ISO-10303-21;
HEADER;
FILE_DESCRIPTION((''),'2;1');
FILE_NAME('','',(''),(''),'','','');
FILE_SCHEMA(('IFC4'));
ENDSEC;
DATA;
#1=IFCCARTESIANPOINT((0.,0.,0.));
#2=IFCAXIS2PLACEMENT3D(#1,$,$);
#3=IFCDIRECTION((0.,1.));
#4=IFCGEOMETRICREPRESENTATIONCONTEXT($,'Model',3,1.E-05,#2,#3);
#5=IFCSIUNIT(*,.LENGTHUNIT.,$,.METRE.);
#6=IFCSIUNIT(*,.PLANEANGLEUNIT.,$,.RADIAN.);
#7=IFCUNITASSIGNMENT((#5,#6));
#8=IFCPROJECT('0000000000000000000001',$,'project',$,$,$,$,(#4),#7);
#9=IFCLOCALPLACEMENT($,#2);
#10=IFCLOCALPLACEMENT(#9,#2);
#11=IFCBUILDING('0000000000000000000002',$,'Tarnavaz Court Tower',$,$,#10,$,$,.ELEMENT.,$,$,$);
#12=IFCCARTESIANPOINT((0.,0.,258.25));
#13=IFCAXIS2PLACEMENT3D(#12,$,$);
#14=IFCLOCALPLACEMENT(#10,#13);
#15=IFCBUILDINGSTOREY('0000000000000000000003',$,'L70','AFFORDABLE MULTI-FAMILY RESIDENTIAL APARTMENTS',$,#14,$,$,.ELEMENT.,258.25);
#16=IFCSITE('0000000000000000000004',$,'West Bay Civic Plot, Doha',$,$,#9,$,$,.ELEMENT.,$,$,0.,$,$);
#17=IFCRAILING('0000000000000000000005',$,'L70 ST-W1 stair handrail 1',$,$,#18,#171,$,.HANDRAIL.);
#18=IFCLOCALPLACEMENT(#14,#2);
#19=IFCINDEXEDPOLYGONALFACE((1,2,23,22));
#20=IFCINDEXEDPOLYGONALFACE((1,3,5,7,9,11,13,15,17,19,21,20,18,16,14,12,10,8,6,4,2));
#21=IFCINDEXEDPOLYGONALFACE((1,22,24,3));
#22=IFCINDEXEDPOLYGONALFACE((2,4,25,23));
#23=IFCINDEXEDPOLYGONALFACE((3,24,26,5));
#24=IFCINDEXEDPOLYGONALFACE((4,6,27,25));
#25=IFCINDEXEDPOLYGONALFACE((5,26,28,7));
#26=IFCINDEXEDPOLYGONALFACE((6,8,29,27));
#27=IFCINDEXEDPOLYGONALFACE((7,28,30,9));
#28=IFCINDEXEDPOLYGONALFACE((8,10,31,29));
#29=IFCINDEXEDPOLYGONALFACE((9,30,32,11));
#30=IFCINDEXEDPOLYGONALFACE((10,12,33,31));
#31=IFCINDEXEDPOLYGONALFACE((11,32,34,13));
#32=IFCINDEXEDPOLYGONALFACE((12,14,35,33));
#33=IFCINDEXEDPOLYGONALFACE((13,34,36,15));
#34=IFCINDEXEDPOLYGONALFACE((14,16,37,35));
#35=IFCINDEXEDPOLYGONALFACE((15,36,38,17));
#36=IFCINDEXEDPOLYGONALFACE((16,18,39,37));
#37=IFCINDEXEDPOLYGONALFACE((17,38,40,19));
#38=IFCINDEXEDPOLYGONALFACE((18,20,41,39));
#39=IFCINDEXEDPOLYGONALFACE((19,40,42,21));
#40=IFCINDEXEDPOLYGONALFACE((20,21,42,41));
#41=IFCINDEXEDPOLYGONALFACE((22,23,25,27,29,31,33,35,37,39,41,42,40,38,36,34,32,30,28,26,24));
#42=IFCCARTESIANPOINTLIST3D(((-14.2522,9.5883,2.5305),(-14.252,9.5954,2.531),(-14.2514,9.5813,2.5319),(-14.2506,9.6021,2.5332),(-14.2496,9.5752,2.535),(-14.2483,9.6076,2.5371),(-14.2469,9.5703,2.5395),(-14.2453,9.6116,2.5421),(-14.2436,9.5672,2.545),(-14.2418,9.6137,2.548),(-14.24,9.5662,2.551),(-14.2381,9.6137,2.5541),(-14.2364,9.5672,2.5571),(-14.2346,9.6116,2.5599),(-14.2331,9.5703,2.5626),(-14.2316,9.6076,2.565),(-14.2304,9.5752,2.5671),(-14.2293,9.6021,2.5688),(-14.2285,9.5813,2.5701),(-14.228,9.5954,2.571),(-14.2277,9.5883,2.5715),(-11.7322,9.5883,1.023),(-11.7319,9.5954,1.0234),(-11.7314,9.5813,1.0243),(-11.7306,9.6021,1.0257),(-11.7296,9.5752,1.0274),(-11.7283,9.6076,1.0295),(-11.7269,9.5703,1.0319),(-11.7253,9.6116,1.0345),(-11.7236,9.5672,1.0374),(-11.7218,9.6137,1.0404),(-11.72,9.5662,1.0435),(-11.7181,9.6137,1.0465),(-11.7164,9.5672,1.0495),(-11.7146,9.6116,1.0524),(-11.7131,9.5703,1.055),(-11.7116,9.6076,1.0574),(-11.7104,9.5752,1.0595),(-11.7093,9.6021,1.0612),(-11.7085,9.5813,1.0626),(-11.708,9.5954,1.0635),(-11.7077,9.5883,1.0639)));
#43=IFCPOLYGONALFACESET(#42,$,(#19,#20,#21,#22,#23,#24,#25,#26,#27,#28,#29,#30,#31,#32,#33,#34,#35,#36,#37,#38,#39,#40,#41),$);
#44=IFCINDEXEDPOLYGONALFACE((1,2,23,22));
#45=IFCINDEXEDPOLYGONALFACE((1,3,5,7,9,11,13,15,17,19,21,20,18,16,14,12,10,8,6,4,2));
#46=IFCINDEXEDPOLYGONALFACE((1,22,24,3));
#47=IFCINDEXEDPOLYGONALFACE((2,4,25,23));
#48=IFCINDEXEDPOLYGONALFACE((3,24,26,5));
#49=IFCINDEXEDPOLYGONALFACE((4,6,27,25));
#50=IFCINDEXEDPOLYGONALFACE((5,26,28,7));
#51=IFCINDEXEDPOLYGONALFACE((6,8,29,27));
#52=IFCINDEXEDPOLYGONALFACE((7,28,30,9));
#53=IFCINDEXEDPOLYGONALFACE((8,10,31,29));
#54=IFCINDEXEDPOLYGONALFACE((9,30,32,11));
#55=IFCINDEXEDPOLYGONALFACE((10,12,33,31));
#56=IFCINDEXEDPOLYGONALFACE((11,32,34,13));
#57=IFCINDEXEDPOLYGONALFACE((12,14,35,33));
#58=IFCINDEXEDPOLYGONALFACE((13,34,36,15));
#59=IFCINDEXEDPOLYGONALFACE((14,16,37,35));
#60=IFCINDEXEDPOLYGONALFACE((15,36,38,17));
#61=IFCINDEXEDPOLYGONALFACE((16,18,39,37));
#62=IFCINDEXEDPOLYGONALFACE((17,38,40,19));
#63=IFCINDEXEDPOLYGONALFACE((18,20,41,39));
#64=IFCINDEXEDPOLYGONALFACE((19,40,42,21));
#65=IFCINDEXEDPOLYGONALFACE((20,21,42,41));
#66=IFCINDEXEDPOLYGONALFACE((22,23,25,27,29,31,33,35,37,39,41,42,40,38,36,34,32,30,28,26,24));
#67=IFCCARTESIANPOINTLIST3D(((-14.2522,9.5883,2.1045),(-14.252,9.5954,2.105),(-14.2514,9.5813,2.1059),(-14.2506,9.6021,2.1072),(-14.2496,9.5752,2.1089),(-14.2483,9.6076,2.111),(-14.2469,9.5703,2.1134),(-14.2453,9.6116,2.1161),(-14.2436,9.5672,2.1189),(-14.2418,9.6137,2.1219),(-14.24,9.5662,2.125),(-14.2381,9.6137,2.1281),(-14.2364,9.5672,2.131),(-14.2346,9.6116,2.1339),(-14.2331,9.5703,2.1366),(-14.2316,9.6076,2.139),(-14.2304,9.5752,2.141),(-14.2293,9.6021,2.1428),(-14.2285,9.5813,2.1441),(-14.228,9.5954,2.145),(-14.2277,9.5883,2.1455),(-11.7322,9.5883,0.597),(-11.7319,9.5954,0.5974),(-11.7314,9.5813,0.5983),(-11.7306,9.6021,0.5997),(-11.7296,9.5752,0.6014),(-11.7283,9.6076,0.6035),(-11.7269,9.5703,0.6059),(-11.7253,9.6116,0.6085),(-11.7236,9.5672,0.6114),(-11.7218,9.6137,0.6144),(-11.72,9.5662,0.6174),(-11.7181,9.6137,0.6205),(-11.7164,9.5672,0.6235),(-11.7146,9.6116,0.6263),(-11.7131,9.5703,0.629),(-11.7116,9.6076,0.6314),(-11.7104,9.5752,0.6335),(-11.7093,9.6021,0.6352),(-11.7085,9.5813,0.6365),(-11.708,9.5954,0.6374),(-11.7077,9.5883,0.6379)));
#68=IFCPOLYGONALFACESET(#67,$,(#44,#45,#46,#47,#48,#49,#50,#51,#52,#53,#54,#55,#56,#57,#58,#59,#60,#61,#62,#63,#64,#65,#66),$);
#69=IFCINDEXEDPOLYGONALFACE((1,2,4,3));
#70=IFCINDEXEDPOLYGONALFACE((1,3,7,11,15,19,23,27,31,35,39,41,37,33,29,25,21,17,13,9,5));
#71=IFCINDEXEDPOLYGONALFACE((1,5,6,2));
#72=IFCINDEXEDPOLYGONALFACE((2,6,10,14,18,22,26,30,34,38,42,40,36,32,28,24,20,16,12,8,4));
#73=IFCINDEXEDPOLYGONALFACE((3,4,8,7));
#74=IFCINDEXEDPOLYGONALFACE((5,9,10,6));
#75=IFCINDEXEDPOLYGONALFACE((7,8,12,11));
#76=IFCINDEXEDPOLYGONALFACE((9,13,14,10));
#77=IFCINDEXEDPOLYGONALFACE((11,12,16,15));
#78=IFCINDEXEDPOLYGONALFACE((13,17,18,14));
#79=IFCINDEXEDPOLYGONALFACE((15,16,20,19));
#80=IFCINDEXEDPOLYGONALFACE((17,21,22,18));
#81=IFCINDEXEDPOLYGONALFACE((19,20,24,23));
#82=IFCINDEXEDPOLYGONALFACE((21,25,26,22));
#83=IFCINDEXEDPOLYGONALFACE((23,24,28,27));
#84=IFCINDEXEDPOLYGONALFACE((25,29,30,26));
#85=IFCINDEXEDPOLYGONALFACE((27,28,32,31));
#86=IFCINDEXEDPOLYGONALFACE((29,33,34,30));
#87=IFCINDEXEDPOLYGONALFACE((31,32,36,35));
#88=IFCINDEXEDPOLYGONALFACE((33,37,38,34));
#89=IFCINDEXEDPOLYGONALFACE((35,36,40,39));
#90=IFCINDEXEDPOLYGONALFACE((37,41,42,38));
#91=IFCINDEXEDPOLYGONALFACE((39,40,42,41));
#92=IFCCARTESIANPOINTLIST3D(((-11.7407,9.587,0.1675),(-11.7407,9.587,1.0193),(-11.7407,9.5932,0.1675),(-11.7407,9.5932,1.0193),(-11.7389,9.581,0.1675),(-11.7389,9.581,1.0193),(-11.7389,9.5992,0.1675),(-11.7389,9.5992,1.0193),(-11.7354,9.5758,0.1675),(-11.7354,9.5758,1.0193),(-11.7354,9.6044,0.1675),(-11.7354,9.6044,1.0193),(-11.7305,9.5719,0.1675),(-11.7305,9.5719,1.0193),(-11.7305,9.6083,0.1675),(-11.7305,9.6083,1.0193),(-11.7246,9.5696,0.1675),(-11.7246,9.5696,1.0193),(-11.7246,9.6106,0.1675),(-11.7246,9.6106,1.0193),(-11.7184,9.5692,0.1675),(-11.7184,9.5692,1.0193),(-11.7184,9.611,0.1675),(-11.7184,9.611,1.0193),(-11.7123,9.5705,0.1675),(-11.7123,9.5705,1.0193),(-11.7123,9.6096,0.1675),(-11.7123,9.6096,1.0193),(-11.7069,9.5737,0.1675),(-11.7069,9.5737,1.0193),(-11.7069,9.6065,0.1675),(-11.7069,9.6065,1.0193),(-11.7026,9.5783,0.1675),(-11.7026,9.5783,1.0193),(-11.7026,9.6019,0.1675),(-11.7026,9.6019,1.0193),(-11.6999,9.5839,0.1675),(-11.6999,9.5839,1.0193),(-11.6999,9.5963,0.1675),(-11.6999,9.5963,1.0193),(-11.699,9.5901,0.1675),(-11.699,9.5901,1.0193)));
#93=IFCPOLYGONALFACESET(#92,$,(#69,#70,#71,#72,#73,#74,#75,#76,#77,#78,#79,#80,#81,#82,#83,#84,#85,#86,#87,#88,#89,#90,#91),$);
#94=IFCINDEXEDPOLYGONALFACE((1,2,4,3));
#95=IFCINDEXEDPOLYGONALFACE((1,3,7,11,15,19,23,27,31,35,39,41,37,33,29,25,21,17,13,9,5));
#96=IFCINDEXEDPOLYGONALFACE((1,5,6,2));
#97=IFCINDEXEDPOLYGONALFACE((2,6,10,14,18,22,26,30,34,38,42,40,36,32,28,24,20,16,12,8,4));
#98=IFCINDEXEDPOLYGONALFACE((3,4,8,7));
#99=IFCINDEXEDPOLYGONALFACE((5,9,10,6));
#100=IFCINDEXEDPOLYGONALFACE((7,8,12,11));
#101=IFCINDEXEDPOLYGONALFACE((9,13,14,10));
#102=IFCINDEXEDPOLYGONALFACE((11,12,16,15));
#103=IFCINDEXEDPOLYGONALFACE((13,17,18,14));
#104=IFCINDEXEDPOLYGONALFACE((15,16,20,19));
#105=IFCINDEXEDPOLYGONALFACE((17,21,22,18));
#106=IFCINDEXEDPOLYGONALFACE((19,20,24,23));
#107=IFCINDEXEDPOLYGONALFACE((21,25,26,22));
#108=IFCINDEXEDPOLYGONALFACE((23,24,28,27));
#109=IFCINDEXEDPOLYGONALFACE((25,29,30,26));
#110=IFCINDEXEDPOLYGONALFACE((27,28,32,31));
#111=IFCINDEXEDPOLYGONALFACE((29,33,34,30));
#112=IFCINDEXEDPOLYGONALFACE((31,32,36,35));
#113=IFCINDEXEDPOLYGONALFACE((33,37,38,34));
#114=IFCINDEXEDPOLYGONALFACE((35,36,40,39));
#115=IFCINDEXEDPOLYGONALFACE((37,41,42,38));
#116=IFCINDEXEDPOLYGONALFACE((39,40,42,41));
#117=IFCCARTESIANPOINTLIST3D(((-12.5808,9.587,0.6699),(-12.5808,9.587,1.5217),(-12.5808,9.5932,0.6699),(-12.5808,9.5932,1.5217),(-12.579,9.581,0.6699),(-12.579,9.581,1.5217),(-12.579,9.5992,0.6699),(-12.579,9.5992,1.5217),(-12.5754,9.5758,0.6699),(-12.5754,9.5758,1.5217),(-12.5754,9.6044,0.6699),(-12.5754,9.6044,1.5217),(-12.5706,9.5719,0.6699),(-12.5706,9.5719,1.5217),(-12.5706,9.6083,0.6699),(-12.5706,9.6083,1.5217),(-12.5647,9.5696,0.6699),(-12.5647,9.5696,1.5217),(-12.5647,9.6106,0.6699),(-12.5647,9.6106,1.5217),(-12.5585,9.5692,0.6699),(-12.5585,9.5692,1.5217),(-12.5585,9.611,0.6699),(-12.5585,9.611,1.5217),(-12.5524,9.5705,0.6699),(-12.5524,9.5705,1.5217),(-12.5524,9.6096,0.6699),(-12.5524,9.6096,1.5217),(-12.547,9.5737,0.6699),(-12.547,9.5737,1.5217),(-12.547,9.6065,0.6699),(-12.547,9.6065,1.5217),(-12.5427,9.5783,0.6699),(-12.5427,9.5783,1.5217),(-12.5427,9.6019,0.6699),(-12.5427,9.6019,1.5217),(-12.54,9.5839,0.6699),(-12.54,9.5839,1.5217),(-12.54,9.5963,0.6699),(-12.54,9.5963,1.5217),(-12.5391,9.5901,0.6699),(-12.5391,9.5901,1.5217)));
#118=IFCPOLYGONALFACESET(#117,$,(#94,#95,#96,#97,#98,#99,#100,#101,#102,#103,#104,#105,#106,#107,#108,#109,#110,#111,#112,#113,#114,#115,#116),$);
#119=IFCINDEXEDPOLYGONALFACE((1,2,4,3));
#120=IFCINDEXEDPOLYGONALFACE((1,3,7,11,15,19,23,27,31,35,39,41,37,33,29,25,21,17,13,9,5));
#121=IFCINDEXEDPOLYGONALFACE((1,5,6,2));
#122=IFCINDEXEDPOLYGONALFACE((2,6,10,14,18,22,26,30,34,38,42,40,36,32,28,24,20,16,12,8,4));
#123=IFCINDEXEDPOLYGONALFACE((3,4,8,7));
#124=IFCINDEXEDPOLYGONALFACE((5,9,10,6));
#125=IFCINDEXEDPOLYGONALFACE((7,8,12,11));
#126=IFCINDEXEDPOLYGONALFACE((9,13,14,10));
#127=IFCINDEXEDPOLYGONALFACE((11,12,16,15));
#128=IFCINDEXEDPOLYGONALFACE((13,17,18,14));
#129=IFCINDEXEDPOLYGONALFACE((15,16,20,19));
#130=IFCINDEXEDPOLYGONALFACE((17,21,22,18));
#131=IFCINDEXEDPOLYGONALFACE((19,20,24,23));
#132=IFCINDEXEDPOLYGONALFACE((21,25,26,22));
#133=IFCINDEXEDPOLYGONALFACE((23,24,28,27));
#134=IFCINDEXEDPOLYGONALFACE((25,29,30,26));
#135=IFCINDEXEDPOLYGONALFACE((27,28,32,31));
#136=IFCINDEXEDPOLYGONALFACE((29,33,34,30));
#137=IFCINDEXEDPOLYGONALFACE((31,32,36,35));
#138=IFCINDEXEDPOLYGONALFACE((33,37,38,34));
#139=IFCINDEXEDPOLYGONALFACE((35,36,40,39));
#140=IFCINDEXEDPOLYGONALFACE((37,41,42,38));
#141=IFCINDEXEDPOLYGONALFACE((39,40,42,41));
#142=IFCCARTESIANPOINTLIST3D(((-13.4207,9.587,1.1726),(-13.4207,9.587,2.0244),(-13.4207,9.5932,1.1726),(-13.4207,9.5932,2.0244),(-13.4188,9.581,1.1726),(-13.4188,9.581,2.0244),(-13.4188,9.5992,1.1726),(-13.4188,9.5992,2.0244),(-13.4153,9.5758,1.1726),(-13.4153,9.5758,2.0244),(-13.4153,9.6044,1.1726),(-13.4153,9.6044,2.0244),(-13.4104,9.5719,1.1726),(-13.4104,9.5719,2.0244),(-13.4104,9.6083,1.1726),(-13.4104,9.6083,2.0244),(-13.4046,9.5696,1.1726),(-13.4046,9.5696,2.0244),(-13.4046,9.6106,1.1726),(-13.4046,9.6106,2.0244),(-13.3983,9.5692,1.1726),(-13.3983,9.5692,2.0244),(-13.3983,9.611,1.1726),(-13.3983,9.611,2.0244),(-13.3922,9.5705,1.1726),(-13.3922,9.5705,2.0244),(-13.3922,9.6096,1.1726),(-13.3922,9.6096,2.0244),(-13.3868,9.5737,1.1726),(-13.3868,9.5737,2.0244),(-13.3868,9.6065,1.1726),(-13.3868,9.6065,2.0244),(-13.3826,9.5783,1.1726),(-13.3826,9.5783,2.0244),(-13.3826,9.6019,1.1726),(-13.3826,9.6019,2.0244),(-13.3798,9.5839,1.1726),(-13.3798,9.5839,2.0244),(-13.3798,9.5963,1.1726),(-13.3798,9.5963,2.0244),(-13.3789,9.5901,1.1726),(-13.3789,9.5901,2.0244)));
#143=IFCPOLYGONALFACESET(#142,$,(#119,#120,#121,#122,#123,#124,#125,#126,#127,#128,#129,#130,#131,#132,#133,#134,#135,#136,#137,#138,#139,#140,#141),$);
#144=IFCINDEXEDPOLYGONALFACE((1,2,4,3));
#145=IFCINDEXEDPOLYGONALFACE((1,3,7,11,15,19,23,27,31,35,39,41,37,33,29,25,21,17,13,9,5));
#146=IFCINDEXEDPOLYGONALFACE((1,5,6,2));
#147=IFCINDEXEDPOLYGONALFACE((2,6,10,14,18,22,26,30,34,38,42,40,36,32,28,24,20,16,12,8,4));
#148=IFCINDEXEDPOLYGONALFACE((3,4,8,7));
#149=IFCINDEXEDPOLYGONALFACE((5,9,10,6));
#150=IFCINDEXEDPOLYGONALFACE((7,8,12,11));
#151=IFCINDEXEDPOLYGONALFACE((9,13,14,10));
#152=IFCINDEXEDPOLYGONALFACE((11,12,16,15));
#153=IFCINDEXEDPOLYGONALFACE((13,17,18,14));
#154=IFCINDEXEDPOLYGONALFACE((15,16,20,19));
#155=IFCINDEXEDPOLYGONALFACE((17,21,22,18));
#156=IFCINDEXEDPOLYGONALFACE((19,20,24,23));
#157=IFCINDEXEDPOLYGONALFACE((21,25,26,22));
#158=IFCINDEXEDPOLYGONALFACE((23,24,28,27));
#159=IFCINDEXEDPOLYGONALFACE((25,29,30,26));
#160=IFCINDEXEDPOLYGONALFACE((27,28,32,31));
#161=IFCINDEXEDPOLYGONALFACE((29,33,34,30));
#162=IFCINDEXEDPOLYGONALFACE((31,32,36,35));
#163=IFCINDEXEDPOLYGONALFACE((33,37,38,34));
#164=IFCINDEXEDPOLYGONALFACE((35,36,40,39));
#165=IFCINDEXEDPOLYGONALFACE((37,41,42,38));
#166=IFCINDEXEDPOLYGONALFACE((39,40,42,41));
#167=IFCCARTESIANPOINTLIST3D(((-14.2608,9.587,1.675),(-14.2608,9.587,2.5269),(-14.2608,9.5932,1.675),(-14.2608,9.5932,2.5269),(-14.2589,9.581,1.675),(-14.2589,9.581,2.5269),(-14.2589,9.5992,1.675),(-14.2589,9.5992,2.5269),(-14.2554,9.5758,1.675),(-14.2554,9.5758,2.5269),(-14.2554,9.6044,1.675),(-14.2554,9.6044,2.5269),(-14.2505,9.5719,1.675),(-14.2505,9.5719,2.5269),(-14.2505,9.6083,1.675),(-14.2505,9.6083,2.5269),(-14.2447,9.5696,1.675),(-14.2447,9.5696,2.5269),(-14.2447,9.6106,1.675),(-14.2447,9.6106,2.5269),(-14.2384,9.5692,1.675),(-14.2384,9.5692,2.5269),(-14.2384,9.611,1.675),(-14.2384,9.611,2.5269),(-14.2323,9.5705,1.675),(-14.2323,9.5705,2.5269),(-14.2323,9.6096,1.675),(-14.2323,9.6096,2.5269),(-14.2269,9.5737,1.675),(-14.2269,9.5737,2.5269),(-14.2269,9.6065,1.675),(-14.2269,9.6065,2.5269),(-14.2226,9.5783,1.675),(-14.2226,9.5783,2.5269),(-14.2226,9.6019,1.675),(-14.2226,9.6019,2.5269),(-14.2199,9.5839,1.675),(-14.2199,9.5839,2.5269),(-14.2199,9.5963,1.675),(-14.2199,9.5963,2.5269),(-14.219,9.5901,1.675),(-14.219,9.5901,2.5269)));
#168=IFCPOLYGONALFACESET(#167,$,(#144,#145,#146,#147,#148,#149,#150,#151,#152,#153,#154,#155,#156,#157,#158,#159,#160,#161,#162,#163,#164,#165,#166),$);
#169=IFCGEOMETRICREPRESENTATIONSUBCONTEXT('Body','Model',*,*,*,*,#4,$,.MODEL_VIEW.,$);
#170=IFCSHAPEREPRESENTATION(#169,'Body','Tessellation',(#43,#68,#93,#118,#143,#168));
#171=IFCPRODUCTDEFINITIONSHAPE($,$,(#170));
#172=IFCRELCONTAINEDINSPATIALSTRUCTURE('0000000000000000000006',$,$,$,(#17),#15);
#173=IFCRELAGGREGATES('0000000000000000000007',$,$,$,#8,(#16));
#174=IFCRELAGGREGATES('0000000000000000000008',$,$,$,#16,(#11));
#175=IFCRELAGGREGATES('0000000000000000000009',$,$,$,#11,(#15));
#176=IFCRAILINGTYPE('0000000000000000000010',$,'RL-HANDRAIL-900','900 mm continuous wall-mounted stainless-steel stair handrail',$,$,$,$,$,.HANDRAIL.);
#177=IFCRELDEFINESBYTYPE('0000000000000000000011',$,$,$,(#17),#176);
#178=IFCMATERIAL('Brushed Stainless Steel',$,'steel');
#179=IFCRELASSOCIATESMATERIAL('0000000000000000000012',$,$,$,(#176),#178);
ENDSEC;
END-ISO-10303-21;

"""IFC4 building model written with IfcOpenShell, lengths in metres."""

from ifc_helpers import new_model, si_unit, direction, frame, origin, origin_2d, place, context, subcontext, project, spatial, circle, extrude, material, type_object, element, save


model = new_model("IFC4")

# Units and contexts
model_context = context("Model", 3, precision=1e-05, world=origin(), true_north=direction((0.0, 1.0)))
body_context = subcontext(model_context, "Body", "Model", "MODEL_VIEW")
ifc_project = project(units=[si_unit("LENGTHUNIT", "METRE"), si_unit("PLANEANGLEUNIT", "RADIAN")], contexts=[model_context])

# Site, building, storey
site_placement = place(None, origin())
site = spatial("IfcSite", under=ifc_project, at=site_placement, Name="West Bay Civic Plot, Doha", CompositionType="ELEMENT", RefElevation=0.0)
building_placement = place(site_placement, origin())
building = spatial("IfcBuilding", under=site, at=building_placement, Name="Tarnavaz Court Tower", CompositionType="ELEMENT")
storey_placement = place(building_placement, frame((0.0, 0.0, 258.25)))
storey = spatial("IfcBuildingStorey", under=building, at=storey_placement, Name="L70", Description="AFFORDABLE MULTI-FAMILY RESIDENTIAL APARTMENTS", CompositionType="ELEMENT", Elevation=258.25)

# Railing
ifc_material_1 = material(Name="Brushed Stainless Steel", Category="steel")
railing_type_1 = type_object("IfcRailingType", Name="RL-HANDRAIL-900", Description="900 mm continuous wall-mounted stainless-steel stair handrail", PredefinedType="HANDRAIL", material=ifc_material_1)
railing_1_placement = place(storey_placement, frame((-11.72, 9.5901, 0.1675)))
element("IfcRailing", 1, at=railing_1_placement, inside=storey, type_object=railing_type_1, Name="L70 ST-W1 stair handrail 1", PredefinedType="HANDRAIL", context=body_context, shape_type="SweptSolid", body=[
    extrude(circle(Radius=0.0239, at=origin_2d()), frame((0.0, 0.0, 0.876), z_axis=(-0.85816, 0.0, 0.513383), x_axis=(0.0, -1.0, 0.0)), (0.0, 0.0, 1.0), 2.9365),
    extrude(circle(Radius=0.0239, at=origin_2d()), frame((0.0, 0.0, 0.45), z_axis=(-0.85816, 0.0, 0.513383), x_axis=(0.0, -1.0, 0.0)), (0.0, 0.0, 1.0), 2.9365),
    extrude(circle(Radius=0.021, at=origin_2d()), origin(), (0.0, 0.0, 1.0), 0.8518),
    extrude(circle(Radius=0.021, at=origin_2d()), frame((-0.8401, 0.0, 0.5024)), (0.0, 0.0, 1.0), 0.8518),
    extrude(circle(Radius=0.021, at=origin_2d()), frame((-1.6799, 0.0, 1.0051)), (0.0, 0.0, 1.0), 0.8518),
    extrude(circle(Radius=0.021, at=origin_2d()), frame((-2.52, 0.0, 1.5076)), (0.0, 0.0, 1.0), 0.8518),
])

save(model, "model.ifc")
